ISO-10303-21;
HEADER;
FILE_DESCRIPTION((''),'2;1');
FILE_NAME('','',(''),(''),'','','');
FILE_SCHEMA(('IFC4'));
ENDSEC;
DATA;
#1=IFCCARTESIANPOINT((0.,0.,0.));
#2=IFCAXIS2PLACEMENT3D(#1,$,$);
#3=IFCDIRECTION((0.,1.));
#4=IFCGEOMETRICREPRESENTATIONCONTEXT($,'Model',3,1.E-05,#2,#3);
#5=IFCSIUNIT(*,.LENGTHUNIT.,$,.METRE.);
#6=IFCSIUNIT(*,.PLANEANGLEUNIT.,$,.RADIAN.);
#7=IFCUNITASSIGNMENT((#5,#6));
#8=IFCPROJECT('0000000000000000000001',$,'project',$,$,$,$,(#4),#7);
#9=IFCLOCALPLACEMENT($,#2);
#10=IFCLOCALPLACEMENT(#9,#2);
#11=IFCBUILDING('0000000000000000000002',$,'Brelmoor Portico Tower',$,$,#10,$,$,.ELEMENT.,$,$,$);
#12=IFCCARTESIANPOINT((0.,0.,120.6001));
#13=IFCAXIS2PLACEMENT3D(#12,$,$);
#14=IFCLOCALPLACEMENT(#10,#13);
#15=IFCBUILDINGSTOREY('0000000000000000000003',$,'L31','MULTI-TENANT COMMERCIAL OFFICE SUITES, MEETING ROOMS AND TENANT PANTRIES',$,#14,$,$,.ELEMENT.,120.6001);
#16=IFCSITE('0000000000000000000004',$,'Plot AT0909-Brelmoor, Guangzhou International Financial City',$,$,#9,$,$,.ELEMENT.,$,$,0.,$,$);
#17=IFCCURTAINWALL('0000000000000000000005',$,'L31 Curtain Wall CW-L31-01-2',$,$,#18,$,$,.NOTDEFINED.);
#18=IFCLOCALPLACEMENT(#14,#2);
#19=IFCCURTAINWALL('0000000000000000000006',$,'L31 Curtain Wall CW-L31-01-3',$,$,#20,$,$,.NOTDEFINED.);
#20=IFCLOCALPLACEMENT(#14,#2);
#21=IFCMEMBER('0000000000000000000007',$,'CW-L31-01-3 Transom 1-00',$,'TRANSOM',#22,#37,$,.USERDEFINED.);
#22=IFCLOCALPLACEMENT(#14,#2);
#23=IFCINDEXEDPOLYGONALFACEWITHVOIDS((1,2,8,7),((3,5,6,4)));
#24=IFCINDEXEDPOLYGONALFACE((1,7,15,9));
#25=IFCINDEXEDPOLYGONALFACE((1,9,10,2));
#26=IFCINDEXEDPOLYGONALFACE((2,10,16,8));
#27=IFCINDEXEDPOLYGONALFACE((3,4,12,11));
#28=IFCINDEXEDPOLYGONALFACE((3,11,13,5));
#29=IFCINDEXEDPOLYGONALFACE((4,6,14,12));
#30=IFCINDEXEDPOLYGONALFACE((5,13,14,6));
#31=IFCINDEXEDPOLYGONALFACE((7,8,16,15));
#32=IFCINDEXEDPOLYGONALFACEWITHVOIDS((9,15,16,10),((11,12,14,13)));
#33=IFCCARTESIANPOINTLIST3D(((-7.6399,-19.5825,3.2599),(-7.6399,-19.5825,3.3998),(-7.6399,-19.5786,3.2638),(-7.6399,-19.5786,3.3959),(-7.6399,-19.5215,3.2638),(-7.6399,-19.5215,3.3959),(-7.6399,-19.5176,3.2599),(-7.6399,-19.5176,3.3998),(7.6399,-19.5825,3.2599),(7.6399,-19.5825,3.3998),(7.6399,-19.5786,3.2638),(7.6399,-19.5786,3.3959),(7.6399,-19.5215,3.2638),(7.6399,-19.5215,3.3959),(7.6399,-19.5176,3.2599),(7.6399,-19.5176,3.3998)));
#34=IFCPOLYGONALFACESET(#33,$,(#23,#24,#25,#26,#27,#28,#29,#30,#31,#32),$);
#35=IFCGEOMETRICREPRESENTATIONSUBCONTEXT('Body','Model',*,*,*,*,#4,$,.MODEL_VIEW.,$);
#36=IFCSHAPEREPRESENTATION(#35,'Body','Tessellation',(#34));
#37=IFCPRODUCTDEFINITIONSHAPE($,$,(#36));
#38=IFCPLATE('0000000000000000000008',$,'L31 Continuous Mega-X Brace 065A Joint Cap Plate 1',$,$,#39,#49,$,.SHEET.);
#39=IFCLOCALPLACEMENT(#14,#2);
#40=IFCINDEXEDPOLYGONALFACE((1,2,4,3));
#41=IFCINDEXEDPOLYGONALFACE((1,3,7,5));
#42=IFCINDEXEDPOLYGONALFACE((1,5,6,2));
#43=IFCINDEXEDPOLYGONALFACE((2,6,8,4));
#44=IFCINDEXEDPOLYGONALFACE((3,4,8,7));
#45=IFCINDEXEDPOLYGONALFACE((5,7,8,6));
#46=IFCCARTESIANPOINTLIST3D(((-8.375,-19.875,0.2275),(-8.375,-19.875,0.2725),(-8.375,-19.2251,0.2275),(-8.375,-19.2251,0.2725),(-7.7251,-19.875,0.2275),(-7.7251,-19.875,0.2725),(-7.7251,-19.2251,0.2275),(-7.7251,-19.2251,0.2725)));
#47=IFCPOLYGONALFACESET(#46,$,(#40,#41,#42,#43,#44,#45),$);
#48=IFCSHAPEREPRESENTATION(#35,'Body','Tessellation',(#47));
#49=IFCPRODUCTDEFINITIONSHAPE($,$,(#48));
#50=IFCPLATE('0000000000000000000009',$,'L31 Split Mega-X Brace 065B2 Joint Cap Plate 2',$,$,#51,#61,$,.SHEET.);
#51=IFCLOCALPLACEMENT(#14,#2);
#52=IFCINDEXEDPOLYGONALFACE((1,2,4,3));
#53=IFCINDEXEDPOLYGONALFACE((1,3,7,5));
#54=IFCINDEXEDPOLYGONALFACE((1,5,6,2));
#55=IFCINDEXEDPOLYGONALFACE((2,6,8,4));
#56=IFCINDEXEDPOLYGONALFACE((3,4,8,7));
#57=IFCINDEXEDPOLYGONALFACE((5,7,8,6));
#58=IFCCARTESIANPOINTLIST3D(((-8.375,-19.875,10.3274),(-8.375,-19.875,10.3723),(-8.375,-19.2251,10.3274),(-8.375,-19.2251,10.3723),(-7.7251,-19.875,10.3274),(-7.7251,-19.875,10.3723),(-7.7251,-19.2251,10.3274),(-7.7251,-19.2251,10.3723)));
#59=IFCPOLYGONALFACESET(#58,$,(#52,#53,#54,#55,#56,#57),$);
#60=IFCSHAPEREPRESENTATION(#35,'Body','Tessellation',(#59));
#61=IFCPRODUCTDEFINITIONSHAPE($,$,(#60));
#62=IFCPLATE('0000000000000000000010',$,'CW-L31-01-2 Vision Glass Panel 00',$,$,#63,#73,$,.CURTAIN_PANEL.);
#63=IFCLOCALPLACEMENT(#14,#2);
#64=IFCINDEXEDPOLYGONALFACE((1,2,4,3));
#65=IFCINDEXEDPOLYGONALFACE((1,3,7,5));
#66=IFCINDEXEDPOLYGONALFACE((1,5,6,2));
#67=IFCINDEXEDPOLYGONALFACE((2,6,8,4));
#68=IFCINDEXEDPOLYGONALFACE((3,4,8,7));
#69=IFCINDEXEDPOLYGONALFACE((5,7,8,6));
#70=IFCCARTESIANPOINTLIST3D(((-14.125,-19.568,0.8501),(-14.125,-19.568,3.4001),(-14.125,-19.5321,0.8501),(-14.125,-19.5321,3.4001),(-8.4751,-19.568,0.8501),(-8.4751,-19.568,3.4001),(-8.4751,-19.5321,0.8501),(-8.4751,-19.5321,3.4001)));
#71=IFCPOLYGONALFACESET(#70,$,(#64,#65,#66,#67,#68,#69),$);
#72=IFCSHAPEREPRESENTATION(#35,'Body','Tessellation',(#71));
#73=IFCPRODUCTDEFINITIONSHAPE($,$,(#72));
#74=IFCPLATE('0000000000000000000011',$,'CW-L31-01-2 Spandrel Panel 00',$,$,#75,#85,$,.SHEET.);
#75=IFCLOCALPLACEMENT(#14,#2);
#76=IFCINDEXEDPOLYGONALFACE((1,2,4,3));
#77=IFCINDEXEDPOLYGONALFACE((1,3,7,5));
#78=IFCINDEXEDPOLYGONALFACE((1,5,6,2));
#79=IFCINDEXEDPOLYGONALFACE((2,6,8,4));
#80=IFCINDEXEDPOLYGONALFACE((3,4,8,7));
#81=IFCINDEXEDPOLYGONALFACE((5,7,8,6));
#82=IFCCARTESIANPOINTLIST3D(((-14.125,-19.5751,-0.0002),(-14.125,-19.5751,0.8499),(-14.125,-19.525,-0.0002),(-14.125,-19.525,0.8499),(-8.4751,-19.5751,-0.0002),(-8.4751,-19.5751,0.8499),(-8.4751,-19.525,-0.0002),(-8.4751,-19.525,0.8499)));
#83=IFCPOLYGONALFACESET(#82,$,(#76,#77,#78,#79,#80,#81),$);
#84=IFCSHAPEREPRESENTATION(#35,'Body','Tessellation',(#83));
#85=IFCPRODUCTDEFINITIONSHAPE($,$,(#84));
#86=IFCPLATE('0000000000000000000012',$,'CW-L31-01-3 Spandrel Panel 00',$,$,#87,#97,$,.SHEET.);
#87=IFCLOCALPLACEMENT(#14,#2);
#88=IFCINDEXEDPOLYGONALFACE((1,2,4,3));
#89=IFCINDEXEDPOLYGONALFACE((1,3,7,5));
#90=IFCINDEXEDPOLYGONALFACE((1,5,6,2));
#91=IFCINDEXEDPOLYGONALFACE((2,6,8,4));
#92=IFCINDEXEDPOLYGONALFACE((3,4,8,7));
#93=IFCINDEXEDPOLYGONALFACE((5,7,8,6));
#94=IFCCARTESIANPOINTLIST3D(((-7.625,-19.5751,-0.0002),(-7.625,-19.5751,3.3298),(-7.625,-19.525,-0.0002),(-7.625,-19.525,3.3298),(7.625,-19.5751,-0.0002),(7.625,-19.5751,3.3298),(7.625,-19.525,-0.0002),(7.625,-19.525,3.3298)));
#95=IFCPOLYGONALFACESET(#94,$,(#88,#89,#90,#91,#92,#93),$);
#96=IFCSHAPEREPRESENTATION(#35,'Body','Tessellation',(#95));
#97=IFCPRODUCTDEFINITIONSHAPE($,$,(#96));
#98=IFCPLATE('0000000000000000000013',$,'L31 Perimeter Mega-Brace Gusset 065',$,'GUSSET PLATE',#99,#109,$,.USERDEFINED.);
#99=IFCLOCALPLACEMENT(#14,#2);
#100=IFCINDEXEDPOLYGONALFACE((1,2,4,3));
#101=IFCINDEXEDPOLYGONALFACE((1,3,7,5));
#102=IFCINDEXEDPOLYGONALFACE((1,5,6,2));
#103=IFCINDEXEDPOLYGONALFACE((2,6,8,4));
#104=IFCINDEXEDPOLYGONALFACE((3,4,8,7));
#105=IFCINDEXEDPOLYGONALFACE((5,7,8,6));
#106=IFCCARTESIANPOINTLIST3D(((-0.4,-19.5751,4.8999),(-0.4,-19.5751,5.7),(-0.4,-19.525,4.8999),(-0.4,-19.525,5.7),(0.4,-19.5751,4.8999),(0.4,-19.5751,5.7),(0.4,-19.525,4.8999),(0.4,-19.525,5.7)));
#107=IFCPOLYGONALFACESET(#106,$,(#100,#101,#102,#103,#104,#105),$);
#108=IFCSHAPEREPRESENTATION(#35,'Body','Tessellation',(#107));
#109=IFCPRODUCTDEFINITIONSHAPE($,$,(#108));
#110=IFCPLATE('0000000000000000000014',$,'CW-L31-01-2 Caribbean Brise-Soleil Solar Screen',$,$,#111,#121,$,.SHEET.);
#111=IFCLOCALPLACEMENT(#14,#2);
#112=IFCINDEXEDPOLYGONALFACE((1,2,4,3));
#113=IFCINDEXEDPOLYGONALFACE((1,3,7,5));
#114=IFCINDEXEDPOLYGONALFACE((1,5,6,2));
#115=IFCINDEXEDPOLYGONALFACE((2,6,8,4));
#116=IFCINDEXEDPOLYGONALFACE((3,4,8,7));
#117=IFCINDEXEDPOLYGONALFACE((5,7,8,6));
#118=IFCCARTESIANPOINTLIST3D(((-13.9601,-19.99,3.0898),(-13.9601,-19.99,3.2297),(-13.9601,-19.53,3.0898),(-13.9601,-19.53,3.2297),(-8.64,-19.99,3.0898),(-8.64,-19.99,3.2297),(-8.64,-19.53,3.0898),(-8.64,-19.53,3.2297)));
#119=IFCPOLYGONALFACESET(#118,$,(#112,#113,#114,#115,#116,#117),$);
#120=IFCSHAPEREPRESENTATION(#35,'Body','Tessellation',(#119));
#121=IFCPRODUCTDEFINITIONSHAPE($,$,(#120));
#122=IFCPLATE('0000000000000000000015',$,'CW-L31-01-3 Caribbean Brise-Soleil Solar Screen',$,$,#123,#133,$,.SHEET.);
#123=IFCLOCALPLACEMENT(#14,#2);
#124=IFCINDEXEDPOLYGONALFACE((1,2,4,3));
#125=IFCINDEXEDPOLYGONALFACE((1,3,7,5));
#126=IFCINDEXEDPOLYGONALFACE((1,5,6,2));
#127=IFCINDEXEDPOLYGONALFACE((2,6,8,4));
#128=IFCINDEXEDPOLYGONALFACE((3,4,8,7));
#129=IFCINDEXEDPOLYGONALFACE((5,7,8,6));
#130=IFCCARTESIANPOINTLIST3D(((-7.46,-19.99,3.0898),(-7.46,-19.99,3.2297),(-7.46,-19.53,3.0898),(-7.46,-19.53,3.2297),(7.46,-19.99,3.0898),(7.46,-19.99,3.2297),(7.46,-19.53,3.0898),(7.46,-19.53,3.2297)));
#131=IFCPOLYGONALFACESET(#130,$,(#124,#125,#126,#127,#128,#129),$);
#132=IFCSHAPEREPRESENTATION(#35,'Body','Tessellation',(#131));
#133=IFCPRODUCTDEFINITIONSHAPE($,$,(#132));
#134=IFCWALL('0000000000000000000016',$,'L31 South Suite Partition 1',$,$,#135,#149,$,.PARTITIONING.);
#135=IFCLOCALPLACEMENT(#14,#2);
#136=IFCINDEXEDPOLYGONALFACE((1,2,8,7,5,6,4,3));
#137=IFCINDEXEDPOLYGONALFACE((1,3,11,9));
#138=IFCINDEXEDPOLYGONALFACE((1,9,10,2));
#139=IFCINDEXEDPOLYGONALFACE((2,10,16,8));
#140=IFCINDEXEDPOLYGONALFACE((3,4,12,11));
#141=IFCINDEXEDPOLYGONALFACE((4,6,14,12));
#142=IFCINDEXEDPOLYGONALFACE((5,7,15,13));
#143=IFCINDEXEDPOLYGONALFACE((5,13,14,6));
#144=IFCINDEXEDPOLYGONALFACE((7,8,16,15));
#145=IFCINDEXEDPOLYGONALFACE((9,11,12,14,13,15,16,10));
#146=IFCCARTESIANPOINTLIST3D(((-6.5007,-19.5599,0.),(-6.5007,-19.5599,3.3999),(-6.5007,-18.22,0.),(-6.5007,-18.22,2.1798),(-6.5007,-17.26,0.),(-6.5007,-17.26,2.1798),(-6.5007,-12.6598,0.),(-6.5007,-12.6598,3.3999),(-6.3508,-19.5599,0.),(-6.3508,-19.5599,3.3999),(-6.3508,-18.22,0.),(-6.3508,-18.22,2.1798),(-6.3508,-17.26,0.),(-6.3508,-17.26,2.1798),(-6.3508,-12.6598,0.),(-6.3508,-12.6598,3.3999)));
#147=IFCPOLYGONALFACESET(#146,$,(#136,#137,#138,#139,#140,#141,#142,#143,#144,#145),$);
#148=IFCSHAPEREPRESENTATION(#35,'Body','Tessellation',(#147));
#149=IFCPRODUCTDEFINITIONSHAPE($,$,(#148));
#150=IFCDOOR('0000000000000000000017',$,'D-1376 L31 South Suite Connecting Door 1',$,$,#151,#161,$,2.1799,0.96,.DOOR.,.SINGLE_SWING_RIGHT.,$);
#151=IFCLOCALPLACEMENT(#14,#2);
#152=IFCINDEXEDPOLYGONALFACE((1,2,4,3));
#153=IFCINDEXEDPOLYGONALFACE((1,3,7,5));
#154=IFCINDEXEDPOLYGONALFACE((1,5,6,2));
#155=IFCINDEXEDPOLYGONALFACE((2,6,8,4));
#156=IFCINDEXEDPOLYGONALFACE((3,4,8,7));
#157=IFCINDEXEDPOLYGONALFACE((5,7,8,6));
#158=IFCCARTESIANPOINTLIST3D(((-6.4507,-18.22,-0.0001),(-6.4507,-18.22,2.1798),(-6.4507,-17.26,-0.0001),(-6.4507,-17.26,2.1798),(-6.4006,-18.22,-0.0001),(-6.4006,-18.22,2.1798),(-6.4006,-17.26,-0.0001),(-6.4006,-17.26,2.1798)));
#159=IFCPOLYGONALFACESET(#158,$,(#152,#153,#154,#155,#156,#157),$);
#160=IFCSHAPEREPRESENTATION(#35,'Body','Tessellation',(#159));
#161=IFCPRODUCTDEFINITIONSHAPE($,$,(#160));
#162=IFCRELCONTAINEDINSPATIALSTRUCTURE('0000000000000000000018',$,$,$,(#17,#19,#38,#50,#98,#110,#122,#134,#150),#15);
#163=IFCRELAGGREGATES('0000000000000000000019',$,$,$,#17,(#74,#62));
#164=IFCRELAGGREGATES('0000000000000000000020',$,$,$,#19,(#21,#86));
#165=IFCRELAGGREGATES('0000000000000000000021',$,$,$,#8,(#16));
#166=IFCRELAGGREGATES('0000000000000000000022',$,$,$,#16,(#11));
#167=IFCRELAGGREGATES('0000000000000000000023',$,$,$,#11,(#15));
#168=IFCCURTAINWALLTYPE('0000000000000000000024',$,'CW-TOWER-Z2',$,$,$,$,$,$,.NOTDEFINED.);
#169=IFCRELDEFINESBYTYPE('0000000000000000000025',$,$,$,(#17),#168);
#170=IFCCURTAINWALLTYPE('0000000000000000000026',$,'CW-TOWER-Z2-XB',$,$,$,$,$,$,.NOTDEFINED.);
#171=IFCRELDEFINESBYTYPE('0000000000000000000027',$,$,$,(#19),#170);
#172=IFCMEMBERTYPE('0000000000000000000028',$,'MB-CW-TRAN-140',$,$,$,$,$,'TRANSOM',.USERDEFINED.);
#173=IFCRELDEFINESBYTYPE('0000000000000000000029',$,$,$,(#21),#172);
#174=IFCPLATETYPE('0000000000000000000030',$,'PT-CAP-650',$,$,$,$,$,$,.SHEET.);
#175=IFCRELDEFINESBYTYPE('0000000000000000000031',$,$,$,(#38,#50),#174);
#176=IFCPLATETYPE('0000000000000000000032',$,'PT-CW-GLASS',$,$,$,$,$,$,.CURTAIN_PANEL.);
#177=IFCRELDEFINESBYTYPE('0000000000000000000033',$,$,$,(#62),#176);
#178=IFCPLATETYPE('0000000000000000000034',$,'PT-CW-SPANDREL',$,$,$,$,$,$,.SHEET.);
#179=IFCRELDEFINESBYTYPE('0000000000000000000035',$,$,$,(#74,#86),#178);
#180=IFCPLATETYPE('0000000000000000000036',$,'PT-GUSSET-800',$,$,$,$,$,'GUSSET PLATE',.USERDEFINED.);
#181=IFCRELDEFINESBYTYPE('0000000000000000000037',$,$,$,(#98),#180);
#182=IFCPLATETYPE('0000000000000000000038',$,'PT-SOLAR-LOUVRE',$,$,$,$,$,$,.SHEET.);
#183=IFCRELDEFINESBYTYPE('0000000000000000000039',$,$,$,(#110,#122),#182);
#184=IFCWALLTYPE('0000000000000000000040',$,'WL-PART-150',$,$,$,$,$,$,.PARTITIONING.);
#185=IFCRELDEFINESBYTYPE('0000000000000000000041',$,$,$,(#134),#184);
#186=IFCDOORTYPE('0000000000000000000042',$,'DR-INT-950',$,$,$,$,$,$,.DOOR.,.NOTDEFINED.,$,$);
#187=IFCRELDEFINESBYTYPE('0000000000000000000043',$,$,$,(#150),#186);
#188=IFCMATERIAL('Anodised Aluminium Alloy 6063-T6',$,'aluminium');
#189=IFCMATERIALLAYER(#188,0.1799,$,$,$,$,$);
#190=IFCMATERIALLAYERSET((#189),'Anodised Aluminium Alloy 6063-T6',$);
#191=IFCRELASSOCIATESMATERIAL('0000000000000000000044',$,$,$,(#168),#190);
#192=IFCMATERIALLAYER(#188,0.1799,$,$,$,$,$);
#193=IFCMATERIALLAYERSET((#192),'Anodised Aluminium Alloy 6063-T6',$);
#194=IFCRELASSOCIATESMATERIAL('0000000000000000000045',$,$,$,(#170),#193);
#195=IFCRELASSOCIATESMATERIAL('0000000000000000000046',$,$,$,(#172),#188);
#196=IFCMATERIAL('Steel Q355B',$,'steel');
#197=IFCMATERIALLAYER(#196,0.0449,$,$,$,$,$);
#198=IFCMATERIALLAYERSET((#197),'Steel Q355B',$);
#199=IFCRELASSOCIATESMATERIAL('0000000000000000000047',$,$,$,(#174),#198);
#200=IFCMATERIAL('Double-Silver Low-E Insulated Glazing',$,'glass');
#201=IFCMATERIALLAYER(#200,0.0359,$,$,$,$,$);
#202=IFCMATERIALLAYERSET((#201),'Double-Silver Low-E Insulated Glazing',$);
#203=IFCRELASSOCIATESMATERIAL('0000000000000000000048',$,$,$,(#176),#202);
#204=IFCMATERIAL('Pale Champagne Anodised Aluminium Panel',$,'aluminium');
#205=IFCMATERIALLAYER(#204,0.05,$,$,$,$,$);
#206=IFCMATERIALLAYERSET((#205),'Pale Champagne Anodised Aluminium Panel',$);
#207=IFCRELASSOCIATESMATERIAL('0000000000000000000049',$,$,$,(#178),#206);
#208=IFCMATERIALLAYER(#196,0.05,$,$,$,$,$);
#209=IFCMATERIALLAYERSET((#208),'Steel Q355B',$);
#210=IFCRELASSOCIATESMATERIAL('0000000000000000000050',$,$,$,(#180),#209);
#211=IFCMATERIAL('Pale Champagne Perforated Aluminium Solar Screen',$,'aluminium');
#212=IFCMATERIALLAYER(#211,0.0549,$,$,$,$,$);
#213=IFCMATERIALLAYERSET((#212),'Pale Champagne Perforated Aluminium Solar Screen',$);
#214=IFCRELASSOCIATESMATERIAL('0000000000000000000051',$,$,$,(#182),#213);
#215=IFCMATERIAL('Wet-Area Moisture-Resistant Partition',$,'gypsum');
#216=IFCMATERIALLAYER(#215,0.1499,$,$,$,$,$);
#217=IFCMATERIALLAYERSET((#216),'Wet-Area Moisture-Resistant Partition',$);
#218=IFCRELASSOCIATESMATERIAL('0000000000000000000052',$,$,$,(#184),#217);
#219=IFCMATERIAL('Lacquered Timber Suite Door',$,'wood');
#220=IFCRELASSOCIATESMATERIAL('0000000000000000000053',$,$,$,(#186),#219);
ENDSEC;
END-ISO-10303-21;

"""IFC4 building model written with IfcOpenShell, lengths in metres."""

from ifc_helpers import new_model, si_unit, direction, frame, frame_2d, origin, origin_2d, place, context, subcontext, project, spatial, rectangle, hollow_rectangle, extrude, material, layer, layer_set, material_profile, profile_set, type_object, element, fill, aggregate, save


model = new_model("IFC4")

# Units and contexts
model_context = context("Model", 3, precision=1e-05, world=origin(), true_north=direction((0.0, 1.0)))
body_context = subcontext(model_context, "Body", "Model", "MODEL_VIEW")
ifc_project = project(units=[si_unit("LENGTHUNIT", "METRE"), si_unit("PLANEANGLEUNIT", "RADIAN")], contexts=[model_context])

# Site, building, storey
site_placement = place(None, origin())
site = spatial("IfcSite", under=ifc_project, at=site_placement, Name="Plot AT0909-Brelmoor, Guangzhou International Financial City", CompositionType="ELEMENT", RefElevation=0.0)
building_placement = place(site_placement, origin())
building = spatial("IfcBuilding", under=site, at=building_placement, Name="Brelmoor Portico Tower", CompositionType="ELEMENT")
storey_placement = place(building_placement, frame((0.0, 0.0, 120.6001)))
storey = spatial("IfcBuildingStorey", under=building, at=storey_placement, Name="L31", Description="MULTI-TENANT COMMERCIAL OFFICE SUITES, MEETING ROOMS AND TENANT PANTRIES", CompositionType="ELEMENT", Elevation=120.6001)

# Shared definitions
ifc_material_1 = material(Name="Steel Q355B", Category="steel")

# Curtain wall
ifc_material_2 = material(Name="Anodised Aluminium Alloy 6063-T6", Category="aluminium")
ifc_layer_1 = layer(ifc_material_2, 0.1799)
ifc_layer_set_1 = layer_set([ifc_layer_1], Name="Anodised Aluminium Alloy 6063-T6")
curtain_wall_type_1 = type_object("IfcCurtainWallType", Name="CW-TOWER-Z2", PredefinedType="NOTDEFINED", material=ifc_layer_set_1)
curtain_wall_1_placement = place(storey_placement, origin())
curtain_wall_1 = element("IfcCurtainWall", 1, at=curtain_wall_1_placement, inside=storey, type_object=curtain_wall_type_1, Name="L31 Curtain Wall CW-L31-01-2", PredefinedType="NOTDEFINED")

# Curtain wall
ifc_layer_2 = layer(ifc_material_2, 0.1799)
ifc_layer_set_2 = layer_set([ifc_layer_2], Name="Anodised Aluminium Alloy 6063-T6")
curtain_wall_type_2 = type_object("IfcCurtainWallType", Name="CW-TOWER-Z2-XB", PredefinedType="NOTDEFINED", material=ifc_layer_set_2)
curtain_wall_2_placement = place(storey_placement, origin())
curtain_wall_2 = element("IfcCurtainWall", 2, at=curtain_wall_2_placement, inside=storey, type_object=curtain_wall_type_2, Name="L31 Curtain Wall CW-L31-01-3", PredefinedType="NOTDEFINED")

# Member
ifc_material_profile_1 = material_profile(ifc_material_2, hollow_rectangle(XDim=0.0649, YDim=0.1399, WallThickness=0.0039, at=origin_2d()), Name="ALU TRANSOM 65x140")
ifc_profile_set_1 = profile_set([ifc_material_profile_1], Name="Anodised Aluminium Alloy 6063-T6")
member_type_1 = type_object("IfcMemberType", Name="MB-CW-TRAN-140", ElementType="TRANSOM", PredefinedType="USERDEFINED", material=ifc_profile_set_1)
member_1_placement = place(storey_placement, frame((-7.6399, -19.55, 3.3298), z_axis=(1.0, 0.0, 0.0), x_axis=(0.0, 1.0, 0.0)))
member_1 = element("IfcMember", 3, at=member_1_placement, type_object=member_type_1, Name="CW-L31-01-3 Transom 1-00", ObjectType="TRANSOM", PredefinedType="USERDEFINED", context=body_context, shape_type="SweptSolid", body=[
    extrude(hollow_rectangle(XDim=0.0649, YDim=0.1399, WallThickness=0.0039, at=origin_2d()), origin(), (0.0, 0.0, 1.0), 15.2798),
])

# Plates
ifc_layer_3 = layer(ifc_material_1, 0.0449)
ifc_layer_set_3 = layer_set([ifc_layer_3], Name="Steel Q355B")
plate_type_1 = type_object("IfcPlateType", Name="PT-CAP-650", PredefinedType="SHEET", material=ifc_layer_set_3)
for number, where, z_axis, x_axis, name in (
    (4, (-8.05, -19.55, 0.2275), (0.0, 0.0, 1.0), (1.0, 0.0, 0.0), "L31 Continuous Mega-X Brace 065A Joint Cap Plate 1"),
    (5, (-8.05, -19.55, 10.3274), (0.0, 0.0, 1.0), (1.0, 0.0, 0.0), "L31 Split Mega-X Brace 065B2 Joint Cap Plate 2"),
):
    element("IfcPlate", number, at=place(storey_placement, frame(where, z_axis=z_axis, x_axis=x_axis)), inside=storey, type_object=plate_type_1, Name=name, PredefinedType="SHEET", context=body_context, shape_type="SweptSolid", body=[
        extrude(rectangle(XDim=0.6499, YDim=0.6499, at=origin_2d()), origin(), (0.0, 0.0, 1.0), 0.0449),
    ])

# Plates
ifc_material_3 = material(Name="Double-Silver Low-E Insulated Glazing", Category="glass")
ifc_layer_4 = layer(ifc_material_3, 0.0359)
ifc_layer_set_4 = layer_set([ifc_layer_4], Name="Double-Silver Low-E Insulated Glazing")
plate_type_2 = type_object("IfcPlateType", Name="PT-CW-GLASS", PredefinedType="CURTAIN_PANEL", material=ifc_layer_set_4)
plate_1_placement = place(storey_placement, frame((-11.3, -19.55, 0.8501), z_axis=(0.0, 0.0, 1.0), x_axis=(1.0, 0.0, 0.0)))
plate_1 = element("IfcPlate", 6, at=plate_1_placement, type_object=plate_type_2, Name="CW-L31-01-2 Vision Glass Panel 00", PredefinedType="CURTAIN_PANEL", context=body_context, shape_type="SweptSolid", body=[
    extrude(rectangle(XDim=5.6499, YDim=0.0359, at=origin_2d()), origin(), (0.0, 0.0, 1.0), 2.55),
])
ifc_material_4 = material(Name="Pale Champagne Anodised Aluminium Panel", Category="aluminium")
ifc_layer_5 = layer(ifc_material_4, 0.05)
ifc_layer_set_5 = layer_set([ifc_layer_5], Name="Pale Champagne Anodised Aluminium Panel")
plate_type_3 = type_object("IfcPlateType", Name="PT-CW-SPANDREL", PredefinedType="SHEET", material=ifc_layer_set_5)
plate_2_placement = place(storey_placement, frame((-11.3, -19.55, -0.0002), z_axis=(0.0, 0.0, 1.0), x_axis=(1.0, 0.0, 0.0)))
plate_2 = element("IfcPlate", 7, at=plate_2_placement, type_object=plate_type_3, Name="CW-L31-01-2 Spandrel Panel 00", PredefinedType="SHEET", context=body_context, shape_type="SweptSolid", body=[
    extrude(rectangle(XDim=5.6499, YDim=0.05, at=origin_2d()), origin(), (0.0, 0.0, 1.0), 0.8501),
])
aggregate(curtain_wall_1, [plate_2, plate_1])
plate_3_placement = place(storey_placement, frame((0.0, -19.55, -0.0002), z_axis=(0.0, 0.0, 1.0), x_axis=(1.0, 0.0, 0.0)))
plate_3 = element("IfcPlate", 8, at=plate_3_placement, type_object=plate_type_3, Name="CW-L31-01-3 Spandrel Panel 00", PredefinedType="SHEET", context=body_context, shape_type="SweptSolid", body=[
    extrude(rectangle(XDim=15.25, YDim=0.05, at=origin_2d()), origin(), (0.0, 0.0, 1.0), 3.3301),
])
aggregate(curtain_wall_2, [member_1, plate_3])

# Plates
ifc_layer_6 = layer(ifc_material_1, 0.05)
ifc_layer_set_6 = layer_set([ifc_layer_6], Name="Steel Q355B")
plate_type_4 = type_object("IfcPlateType", Name="PT-GUSSET-800", ElementType="GUSSET PLATE", PredefinedType="USERDEFINED", material=ifc_layer_set_6)
plate_4_placement = place(storey_placement, frame((0.0, -19.55, 4.8999), z_axis=(0.0, 0.0, 1.0), x_axis=(1.0, 0.0, 0.0)))
element("IfcPlate", 9, at=plate_4_placement, inside=storey, type_object=plate_type_4, Name="L31 Perimeter Mega-Brace Gusset 065", ObjectType="GUSSET PLATE", PredefinedType="USERDEFINED", context=body_context, shape_type="SweptSolid", body=[
    extrude(rectangle(XDim=0.8, YDim=0.05, at=origin_2d()), origin(), (0.0, 0.0, 1.0), 0.8),
])
ifc_material_5 = material(Name="Pale Champagne Perforated Aluminium Solar Screen", Category="aluminium")
ifc_layer_7 = layer(ifc_material_5, 0.0549)
ifc_layer_set_7 = layer_set([ifc_layer_7], Name="Pale Champagne Perforated Aluminium Solar Screen")
plate_type_5 = type_object("IfcPlateType", Name="PT-SOLAR-LOUVRE", PredefinedType="SHEET", material=ifc_layer_set_7)
plate_5_placement = place(storey_placement, frame((-11.3, -19.76, 3.0898), z_axis=(0.0, 0.0, 1.0), x_axis=(1.0, 0.0, 0.0)))
element("IfcPlate", 10, at=plate_5_placement, inside=storey, type_object=plate_type_5, Name="CW-L31-01-2 Caribbean Brise-Soleil Solar Screen", PredefinedType="SHEET", context=body_context, shape_type="SweptSolid", body=[
    extrude(rectangle(XDim=5.3201, YDim=0.46, at=origin_2d()), origin(), (0.0, 0.0, 1.0), 0.1399),
])
plate_6_placement = place(storey_placement, frame((0.0, -19.76, 3.0898), z_axis=(0.0, 0.0, 1.0), x_axis=(1.0, 0.0, 0.0)))
element("IfcPlate", 11, at=plate_6_placement, inside=storey, type_object=plate_type_5, Name="CW-L31-01-3 Caribbean Brise-Soleil Solar Screen", PredefinedType="SHEET", context=body_context, shape_type="SweptSolid", body=[
    extrude(rectangle(XDim=14.9199, YDim=0.46, at=origin_2d()), origin(), (0.0, 0.0, 1.0), 0.1399),
])

# Wall, opening, door
ifc_material_6 = material(Name="Wet-Area Moisture-Resistant Partition", Category="gypsum")
ifc_layer_8 = layer(ifc_material_6, 0.1499)
ifc_layer_set_8 = layer_set([ifc_layer_8], Name="Wet-Area Moisture-Resistant Partition")
wall_type_1 = type_object("IfcWallType", Name="WL-PART-150", PredefinedType="PARTITIONING", material=ifc_layer_set_8)
wall_1_placement = place(storey_placement, frame((-6.4258, -19.5601, 0.0), z_axis=(0.0, 0.0, 1.0), x_axis=(0.0, 1.0, 0.0)))
wall_1 = element("IfcWall", 12, at=wall_1_placement, inside=storey, type_object=wall_type_1, Name="L31 South Suite Partition 1", PredefinedType="PARTITIONING", context=body_context, shape_type="SweptSolid", body=[
    extrude(rectangle(XDim=6.9001, YDim=0.1499, at=frame_2d((3.4502, 0.0))), origin(), (0.0, 0.0, 1.0), 3.3999),
])
opening_1_placement = place(wall_1_placement, frame((1.3401, 0.0, 0.0)))
opening_1 = element("IfcOpeningElement", 13, at=opening_1_placement, cuts=wall_1, PredefinedType="OPENING", context=body_context, shape_type="SweptSolid", body=[
    extrude(rectangle(XDim=0.96, YDim=2.1799, at=frame_2d((0.48, 1.0898))), frame((0.0, 0.085, 0.0), z_axis=(0.0, -1.0, 0.0), x_axis=(1.0, 0.0, 0.0)), (0.0, 0.0, 1.0), 0.1699),
])
ifc_material_7 = material(Name="Lacquered Timber Suite Door", Category="wood")
door_type_1 = type_object("IfcDoorType", Name="DR-INT-950", OperationType="NOTDEFINED", PredefinedType="DOOR", material=ifc_material_7)
door_1_placement = place(opening_1_placement, origin())
door_1 = element("IfcDoor", 14, at=door_1_placement, inside=storey, type_object=door_type_1, Name="D-1376 L31 South Suite Connecting Door 1", OperationType="SINGLE_SWING_RIGHT", OverallHeight=2.1799, OverallWidth=0.96, PredefinedType="DOOR", context=body_context, shape_type="SweptSolid", body=[
    extrude(rectangle(XDim=0.96, YDim=2.1799, at=frame_2d((0.48, 1.0898))), frame((0.0, 0.0249, 0.0), z_axis=(0.0, -1.0, 0.0), x_axis=(1.0, 0.0, 0.0)), (0.0, 0.0, 1.0), 0.05),
])
fill(opening_1, door_1)

save(model, "model.ifc")
